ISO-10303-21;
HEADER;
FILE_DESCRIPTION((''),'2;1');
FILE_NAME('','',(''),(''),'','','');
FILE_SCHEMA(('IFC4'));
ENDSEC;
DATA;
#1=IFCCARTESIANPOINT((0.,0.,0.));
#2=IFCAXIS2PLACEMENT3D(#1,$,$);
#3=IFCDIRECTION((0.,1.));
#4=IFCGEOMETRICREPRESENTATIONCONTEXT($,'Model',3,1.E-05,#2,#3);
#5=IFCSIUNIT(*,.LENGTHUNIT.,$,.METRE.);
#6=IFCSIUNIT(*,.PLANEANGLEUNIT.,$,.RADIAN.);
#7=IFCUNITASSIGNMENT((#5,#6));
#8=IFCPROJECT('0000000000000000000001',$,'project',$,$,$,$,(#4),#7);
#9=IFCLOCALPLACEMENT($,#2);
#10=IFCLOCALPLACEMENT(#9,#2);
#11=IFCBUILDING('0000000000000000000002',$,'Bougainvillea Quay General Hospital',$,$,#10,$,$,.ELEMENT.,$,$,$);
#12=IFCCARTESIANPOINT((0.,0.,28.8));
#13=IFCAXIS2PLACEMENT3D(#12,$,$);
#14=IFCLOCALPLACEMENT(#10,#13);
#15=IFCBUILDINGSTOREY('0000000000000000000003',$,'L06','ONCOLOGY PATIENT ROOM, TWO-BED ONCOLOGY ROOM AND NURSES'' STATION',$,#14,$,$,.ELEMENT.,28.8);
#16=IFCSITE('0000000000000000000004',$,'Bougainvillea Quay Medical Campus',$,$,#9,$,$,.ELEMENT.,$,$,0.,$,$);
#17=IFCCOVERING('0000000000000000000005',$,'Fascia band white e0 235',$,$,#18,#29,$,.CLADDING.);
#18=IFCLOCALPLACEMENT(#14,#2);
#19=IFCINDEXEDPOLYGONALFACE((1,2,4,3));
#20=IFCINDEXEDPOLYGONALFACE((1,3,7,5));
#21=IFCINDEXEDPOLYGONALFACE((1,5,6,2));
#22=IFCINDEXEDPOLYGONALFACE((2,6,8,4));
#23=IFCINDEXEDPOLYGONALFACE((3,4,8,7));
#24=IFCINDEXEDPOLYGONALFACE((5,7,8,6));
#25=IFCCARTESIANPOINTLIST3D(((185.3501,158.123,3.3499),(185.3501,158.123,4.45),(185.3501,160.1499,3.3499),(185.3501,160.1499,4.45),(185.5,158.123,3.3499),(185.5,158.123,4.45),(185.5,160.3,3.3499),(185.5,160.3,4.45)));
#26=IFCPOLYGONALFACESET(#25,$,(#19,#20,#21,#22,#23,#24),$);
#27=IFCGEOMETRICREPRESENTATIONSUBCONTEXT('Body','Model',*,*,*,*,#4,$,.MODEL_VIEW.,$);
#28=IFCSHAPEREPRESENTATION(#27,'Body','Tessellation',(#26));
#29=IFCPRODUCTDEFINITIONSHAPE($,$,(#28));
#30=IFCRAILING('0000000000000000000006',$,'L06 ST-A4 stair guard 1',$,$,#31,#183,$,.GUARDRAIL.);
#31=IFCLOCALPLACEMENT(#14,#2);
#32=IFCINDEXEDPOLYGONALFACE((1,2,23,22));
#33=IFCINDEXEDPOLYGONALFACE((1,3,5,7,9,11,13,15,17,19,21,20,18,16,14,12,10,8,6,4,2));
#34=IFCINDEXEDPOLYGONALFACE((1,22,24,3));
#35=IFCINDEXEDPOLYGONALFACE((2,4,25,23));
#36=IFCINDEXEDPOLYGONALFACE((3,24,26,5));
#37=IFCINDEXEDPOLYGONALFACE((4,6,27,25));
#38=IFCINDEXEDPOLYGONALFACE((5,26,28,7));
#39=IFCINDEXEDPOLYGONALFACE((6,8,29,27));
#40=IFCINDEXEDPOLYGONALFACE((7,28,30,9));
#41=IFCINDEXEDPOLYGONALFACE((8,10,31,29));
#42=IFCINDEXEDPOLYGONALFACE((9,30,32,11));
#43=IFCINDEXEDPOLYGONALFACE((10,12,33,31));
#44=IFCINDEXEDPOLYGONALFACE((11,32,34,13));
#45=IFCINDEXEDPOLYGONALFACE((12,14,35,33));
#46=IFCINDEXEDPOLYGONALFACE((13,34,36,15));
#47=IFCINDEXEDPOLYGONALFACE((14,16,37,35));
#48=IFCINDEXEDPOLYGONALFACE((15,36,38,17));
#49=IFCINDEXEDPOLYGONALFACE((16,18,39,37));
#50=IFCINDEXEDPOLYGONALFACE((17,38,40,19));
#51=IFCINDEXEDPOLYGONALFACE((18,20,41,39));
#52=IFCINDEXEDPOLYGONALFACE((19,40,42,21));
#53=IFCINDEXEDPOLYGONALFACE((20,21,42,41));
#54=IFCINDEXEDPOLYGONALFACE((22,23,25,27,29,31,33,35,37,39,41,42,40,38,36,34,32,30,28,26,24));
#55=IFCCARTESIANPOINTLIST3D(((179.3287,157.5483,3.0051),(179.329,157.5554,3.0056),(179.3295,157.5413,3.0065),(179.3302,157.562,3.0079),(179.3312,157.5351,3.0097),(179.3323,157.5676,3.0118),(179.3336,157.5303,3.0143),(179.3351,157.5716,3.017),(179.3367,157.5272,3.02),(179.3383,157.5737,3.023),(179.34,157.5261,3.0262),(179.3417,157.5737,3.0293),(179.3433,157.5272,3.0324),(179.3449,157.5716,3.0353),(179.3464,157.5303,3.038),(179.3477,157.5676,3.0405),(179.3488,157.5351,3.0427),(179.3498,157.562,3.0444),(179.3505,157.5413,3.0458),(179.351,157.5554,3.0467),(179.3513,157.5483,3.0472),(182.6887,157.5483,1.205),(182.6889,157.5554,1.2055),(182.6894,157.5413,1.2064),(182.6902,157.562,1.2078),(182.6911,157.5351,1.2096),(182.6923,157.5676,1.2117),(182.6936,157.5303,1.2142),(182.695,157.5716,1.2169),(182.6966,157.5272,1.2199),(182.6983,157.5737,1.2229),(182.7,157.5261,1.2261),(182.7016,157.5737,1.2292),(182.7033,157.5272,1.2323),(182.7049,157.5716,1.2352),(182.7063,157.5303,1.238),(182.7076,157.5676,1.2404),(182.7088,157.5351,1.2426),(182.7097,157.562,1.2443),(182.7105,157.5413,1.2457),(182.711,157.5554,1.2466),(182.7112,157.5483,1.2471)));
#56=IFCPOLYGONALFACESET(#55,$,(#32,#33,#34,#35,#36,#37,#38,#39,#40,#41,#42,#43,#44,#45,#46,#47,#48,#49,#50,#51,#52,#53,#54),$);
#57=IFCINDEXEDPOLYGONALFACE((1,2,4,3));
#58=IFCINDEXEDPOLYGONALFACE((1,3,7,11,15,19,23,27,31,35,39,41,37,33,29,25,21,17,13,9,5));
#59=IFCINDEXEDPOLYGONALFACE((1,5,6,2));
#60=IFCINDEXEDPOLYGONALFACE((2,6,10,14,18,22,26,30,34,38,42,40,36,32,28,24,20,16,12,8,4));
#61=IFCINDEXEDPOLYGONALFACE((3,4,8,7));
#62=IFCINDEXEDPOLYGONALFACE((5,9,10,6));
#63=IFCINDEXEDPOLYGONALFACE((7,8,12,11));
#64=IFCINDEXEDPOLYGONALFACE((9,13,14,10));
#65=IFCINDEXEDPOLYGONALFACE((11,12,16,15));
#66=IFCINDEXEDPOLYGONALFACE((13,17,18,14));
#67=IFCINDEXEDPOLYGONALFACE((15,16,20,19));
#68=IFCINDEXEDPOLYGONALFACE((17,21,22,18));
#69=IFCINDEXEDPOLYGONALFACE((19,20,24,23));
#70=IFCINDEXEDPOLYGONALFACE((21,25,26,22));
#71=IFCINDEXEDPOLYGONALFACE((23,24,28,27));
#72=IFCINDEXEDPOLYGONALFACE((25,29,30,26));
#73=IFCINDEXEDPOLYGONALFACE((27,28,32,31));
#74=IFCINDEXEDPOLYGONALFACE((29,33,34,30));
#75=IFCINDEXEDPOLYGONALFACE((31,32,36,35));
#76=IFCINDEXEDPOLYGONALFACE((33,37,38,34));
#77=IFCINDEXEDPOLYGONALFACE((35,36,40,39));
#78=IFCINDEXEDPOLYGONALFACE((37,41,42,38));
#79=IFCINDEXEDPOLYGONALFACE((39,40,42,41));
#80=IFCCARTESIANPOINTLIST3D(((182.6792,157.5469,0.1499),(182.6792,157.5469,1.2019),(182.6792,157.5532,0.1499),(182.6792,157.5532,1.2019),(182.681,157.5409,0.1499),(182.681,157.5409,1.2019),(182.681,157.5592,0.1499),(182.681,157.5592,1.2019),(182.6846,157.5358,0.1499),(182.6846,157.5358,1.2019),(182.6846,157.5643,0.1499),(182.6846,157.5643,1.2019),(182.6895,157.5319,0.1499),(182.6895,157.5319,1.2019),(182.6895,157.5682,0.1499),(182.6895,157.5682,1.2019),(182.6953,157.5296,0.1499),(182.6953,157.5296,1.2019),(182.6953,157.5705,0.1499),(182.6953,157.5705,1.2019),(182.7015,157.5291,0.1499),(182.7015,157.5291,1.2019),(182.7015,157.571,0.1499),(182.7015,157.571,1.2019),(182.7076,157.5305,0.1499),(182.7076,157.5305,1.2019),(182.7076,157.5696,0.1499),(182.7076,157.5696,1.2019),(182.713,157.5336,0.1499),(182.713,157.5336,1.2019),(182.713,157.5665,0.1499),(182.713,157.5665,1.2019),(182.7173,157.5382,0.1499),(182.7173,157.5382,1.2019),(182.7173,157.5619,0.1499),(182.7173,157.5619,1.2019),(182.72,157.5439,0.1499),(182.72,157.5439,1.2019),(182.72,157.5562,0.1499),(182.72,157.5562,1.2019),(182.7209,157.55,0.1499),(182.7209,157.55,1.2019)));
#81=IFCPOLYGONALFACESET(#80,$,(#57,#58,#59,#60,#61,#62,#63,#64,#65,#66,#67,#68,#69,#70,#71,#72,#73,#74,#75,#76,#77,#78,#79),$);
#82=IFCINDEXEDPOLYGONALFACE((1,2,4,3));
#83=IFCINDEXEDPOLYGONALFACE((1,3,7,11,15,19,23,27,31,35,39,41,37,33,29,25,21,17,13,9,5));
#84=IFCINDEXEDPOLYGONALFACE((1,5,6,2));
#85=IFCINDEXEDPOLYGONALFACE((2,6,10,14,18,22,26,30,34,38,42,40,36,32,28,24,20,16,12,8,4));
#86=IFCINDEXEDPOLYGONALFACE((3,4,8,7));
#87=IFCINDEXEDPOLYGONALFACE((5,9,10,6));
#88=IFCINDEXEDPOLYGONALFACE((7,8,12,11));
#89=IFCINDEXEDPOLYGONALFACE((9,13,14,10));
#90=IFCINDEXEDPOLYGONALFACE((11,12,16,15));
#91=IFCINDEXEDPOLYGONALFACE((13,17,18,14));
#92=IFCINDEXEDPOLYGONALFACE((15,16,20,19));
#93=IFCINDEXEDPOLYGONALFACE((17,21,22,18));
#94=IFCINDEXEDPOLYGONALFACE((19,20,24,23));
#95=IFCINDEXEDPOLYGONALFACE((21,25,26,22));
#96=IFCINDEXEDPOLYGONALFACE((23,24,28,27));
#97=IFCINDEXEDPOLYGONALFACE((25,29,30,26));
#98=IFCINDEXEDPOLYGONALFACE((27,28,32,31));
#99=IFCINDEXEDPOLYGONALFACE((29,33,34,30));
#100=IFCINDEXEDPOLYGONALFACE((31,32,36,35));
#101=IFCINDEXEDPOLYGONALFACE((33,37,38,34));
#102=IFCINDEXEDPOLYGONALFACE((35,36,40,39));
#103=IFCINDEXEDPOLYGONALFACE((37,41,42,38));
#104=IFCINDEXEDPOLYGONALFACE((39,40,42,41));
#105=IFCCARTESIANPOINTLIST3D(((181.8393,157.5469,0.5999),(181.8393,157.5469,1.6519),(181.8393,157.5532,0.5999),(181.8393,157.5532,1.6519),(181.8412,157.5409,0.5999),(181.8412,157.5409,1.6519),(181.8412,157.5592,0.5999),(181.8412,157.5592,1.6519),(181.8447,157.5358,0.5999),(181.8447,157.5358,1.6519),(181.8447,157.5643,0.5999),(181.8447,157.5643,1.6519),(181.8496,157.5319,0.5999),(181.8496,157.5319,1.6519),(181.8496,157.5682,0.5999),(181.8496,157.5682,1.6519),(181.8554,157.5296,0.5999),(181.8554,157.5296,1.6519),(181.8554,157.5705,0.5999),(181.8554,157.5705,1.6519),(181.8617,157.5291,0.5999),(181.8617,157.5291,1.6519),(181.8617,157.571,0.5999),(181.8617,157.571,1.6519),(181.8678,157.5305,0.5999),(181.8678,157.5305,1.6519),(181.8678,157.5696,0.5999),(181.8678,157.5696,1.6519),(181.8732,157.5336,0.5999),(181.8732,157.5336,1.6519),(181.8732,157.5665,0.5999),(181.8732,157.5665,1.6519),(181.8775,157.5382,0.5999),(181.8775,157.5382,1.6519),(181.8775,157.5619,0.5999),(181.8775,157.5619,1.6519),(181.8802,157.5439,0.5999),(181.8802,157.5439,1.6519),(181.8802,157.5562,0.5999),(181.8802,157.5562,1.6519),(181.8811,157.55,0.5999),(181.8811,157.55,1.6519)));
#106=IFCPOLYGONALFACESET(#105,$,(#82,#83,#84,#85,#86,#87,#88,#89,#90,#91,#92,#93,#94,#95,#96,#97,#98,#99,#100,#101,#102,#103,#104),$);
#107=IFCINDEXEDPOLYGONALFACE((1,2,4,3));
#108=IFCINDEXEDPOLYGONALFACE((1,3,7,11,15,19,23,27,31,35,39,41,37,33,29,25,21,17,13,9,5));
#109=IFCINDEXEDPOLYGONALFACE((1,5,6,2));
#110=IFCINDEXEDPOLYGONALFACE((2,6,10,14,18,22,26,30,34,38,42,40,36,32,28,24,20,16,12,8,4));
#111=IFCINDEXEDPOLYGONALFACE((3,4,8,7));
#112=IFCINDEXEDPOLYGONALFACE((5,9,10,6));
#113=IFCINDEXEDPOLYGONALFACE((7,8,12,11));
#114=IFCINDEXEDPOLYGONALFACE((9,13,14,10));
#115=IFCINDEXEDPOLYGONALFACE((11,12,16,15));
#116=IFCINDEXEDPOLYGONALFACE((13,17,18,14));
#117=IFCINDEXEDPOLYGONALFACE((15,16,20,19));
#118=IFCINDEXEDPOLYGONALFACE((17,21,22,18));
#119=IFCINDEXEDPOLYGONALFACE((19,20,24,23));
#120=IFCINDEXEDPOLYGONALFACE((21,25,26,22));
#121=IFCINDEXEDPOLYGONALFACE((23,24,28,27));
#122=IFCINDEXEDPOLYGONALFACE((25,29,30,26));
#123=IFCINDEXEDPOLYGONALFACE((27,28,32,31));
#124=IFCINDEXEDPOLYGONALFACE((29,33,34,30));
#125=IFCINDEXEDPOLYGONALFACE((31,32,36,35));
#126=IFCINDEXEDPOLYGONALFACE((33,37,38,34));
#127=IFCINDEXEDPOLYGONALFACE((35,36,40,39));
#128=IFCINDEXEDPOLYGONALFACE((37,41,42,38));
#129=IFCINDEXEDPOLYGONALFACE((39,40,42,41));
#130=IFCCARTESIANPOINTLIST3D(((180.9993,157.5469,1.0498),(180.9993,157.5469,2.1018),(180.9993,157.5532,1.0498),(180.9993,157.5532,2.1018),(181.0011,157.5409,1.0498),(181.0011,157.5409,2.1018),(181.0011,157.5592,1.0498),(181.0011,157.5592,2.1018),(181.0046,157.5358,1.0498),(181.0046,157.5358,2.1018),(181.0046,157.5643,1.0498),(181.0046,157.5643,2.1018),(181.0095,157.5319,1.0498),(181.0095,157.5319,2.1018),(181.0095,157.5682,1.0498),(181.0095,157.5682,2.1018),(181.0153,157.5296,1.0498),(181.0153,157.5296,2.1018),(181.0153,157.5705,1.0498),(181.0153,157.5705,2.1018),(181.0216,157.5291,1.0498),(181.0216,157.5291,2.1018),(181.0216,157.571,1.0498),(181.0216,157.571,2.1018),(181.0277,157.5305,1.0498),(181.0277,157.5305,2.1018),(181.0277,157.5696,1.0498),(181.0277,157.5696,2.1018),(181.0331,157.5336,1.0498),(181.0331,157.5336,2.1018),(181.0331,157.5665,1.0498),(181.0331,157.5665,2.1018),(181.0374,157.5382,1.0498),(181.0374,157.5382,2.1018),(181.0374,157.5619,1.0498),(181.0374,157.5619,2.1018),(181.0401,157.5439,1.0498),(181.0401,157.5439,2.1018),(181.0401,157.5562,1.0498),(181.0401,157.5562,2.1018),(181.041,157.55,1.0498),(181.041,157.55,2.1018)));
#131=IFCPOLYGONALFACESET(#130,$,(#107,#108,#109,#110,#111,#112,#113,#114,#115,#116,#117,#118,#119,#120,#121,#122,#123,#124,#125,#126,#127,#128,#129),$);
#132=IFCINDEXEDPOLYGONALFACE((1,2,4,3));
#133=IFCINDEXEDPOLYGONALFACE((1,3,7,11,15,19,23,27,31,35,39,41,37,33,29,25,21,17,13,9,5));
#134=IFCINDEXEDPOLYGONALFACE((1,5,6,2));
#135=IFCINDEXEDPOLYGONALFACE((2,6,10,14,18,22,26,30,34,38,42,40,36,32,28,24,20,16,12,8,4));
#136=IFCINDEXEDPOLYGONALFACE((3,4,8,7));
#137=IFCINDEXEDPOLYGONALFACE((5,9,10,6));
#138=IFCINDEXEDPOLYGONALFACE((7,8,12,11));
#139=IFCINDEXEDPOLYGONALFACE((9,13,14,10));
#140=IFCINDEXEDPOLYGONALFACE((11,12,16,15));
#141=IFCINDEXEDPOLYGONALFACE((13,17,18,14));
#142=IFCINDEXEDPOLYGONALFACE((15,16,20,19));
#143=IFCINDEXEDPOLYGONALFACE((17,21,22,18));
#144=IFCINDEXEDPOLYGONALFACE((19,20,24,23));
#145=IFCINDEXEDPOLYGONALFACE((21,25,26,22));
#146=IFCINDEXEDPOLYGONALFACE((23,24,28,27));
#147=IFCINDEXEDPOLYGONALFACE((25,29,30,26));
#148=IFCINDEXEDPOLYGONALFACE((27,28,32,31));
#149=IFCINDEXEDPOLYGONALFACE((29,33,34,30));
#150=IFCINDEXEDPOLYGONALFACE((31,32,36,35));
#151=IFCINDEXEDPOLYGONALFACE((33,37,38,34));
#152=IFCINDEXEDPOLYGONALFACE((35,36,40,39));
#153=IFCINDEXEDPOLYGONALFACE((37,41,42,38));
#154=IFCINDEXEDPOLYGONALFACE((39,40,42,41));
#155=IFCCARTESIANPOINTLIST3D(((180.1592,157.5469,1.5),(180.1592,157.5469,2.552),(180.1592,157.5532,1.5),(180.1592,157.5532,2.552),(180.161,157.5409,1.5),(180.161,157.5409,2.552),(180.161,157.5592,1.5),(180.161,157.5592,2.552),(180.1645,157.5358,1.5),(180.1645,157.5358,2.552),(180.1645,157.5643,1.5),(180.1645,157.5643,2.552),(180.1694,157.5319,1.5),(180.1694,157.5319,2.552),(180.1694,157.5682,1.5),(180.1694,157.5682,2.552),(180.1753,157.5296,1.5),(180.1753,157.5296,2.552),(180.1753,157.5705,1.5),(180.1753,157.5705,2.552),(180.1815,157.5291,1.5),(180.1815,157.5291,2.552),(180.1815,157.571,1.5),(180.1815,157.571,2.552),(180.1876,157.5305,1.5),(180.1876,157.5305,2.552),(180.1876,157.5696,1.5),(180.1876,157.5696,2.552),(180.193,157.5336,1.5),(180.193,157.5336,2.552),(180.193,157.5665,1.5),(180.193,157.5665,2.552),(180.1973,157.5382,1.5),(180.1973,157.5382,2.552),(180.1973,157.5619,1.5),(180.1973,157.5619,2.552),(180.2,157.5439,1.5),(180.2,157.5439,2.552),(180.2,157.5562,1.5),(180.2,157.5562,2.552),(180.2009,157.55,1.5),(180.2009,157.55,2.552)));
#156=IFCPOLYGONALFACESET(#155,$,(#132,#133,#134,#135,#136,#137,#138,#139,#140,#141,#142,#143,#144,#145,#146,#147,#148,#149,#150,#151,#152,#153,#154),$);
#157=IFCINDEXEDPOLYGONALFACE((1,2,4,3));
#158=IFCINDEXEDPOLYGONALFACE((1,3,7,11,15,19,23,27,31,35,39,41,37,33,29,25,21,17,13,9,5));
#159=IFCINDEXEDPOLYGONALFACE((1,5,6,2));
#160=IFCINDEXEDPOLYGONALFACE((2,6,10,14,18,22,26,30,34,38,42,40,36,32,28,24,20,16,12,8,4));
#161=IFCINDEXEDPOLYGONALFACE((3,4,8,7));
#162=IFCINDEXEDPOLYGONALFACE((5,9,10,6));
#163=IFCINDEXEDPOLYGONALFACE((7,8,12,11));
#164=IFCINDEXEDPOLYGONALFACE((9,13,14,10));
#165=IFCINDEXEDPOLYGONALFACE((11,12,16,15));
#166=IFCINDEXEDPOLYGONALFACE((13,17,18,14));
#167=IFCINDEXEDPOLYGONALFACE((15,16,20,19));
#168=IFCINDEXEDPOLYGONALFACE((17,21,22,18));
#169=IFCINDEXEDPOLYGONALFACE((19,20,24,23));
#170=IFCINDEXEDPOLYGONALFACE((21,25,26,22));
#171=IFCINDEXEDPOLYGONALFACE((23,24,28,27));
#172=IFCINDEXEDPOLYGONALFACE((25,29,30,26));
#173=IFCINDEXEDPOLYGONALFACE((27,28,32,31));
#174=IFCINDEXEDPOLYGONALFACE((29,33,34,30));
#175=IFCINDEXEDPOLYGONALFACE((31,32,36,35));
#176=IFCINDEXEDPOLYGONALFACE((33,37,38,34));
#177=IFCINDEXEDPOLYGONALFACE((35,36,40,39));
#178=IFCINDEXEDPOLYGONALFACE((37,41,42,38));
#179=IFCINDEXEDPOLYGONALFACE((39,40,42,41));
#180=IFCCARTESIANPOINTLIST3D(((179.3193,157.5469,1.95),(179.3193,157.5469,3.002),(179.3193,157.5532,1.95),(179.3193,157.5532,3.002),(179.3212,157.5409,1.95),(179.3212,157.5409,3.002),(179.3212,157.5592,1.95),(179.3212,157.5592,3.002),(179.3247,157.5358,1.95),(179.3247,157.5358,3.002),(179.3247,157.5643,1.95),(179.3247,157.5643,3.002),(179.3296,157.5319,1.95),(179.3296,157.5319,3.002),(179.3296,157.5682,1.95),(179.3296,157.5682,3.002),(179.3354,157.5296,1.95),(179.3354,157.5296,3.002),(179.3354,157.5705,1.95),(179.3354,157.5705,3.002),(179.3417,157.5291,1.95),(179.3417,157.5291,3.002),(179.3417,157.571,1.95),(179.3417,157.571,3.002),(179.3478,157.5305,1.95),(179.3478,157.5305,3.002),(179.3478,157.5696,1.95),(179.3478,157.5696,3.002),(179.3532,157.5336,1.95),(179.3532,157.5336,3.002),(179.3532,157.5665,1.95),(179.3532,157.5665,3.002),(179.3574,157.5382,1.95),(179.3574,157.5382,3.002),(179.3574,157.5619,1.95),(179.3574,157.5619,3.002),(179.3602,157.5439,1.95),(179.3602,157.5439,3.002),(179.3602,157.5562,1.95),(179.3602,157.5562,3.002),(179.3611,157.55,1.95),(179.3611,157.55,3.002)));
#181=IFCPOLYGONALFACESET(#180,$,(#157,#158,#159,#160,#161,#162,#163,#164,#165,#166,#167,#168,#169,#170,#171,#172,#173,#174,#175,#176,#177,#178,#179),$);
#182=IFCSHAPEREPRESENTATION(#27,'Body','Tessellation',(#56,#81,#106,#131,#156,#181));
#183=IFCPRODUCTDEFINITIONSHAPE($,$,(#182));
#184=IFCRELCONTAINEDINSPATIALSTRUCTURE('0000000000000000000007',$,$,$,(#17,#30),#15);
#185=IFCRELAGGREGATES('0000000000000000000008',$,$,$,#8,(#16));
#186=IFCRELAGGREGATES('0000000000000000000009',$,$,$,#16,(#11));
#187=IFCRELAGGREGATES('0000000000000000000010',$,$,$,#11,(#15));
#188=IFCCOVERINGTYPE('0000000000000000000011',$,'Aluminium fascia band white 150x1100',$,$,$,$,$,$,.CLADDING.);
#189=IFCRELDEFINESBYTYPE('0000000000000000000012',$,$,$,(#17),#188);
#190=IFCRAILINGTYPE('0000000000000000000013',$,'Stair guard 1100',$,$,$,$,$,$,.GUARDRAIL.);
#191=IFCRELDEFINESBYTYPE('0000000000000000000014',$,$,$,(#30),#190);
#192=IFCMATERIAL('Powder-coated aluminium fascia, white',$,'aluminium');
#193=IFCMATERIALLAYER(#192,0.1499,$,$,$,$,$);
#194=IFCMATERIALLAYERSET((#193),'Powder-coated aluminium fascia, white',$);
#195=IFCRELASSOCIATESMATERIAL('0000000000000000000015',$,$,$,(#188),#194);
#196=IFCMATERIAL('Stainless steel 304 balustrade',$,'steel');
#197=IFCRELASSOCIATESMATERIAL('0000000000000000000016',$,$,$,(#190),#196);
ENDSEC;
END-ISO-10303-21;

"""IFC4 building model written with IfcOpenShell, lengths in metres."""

from ifc_helpers import new_model, si_unit, direction, frame, origin, origin_2d, place, context, subcontext, project, spatial, polyline, circle, outline, extrude, material, layer, layer_set, type_object, element, save


model = new_model("IFC4")

# Units and contexts
model_context = context("Model", 3, precision=1e-05, world=origin(), true_north=direction((0.0, 1.0)))
body_context = subcontext(model_context, "Body", "Model", "MODEL_VIEW")
ifc_project = project(units=[si_unit("LENGTHUNIT", "METRE"), si_unit("PLANEANGLEUNIT", "RADIAN")], contexts=[model_context])

# Site, building, storey
site_placement = place(None, origin())
site = spatial("IfcSite", under=ifc_project, at=site_placement, Name="Bougainvillea Quay Medical Campus", CompositionType="ELEMENT", RefElevation=0.0)
building_placement = place(site_placement, origin())
building = spatial("IfcBuilding", under=site, at=building_placement, Name="Bougainvillea Quay General Hospital", CompositionType="ELEMENT")
storey_placement = place(building_placement, frame((0.0, 0.0, 28.8)))
storey = spatial("IfcBuildingStorey", under=building, at=storey_placement, Name="L06", Description="ONCOLOGY PATIENT ROOM, TWO-BED ONCOLOGY ROOM AND NURSES' STATION", CompositionType="ELEMENT", Elevation=28.8)

# Covering
ifc_material_1 = material(Name="Powder-coated aluminium fascia, white", Category="aluminium")
ifc_layer_1 = layer(ifc_material_1, 0.1499)
ifc_layer_set_1 = layer_set([ifc_layer_1], Name="Powder-coated aluminium fascia, white")
covering_type = type_object("IfcCoveringType", Name="Aluminium fascia band white 150x1100", PredefinedType="CLADDING", material=ifc_layer_set_1)
covering_1_placement = place(storey_placement, frame((185.3501, 158.123, 3.3499), z_axis=(0.0, 0.0, 1.0), x_axis=(0.0, 1.0, 0.0)))
element("IfcCovering", 1, at=covering_1_placement, inside=storey, type_object=covering_type, Name="Fascia band white e0 235", PredefinedType="CLADDING", context=body_context, shape_type="SweptSolid", body=[
    extrude(outline(polyline([(0.0, 0.0), (2.0269, 0.0), (2.177, -0.1499), (0.0, -0.1499), (0.0, 0.0)])), origin(), (0.0, 0.0, 1.0), 1.1001),
])

# Railing
ifc_material_2 = material(Name="Stainless steel 304 balustrade", Category="steel")
railing_type_1 = type_object("IfcRailingType", Name="Stair guard 1100", PredefinedType="GUARDRAIL", material=ifc_material_2)
railing_1_placement = place(storey_placement, frame((182.7, 157.55, 0.1499)))
element("IfcRailing", 2, at=railing_1_placement, inside=storey, type_object=railing_type_1, Name="L06 ST-A4 stair guard 1", PredefinedType="GUARDRAIL", context=body_context, shape_type="SweptSolid", body=[
    extrude(circle(Radius=0.0239, at=origin_2d()), frame((0.0, 0.0, 1.0762), z_axis=(-0.881467, 0.0, 0.472246), x_axis=(0.0, -1.0, 0.0)), (0.0, 0.0, 1.0), 3.8118),
    extrude(circle(Radius=0.021, at=origin_2d()), origin(), (0.0, 0.0, 1.0), 1.052),
    extrude(circle(Radius=0.021, at=origin_2d()), frame((-0.8398, 0.0, 0.45)), (0.0, 0.0, 1.0), 1.052),
    extrude(circle(Radius=0.021, at=origin_2d()), frame((-1.6799, 0.0, 0.8999)), (0.0, 0.0, 1.0), 1.052),
    extrude(circle(Radius=0.021, at=origin_2d()), frame((-2.52, 0.0, 1.3501)), (0.0, 0.0, 1.0), 1.052),
    extrude(circle(Radius=0.021, at=origin_2d()), frame((-3.3599, 0.0, 1.8)), (0.0, 0.0, 1.0), 1.052),
])

save(model, "model.ifc")
